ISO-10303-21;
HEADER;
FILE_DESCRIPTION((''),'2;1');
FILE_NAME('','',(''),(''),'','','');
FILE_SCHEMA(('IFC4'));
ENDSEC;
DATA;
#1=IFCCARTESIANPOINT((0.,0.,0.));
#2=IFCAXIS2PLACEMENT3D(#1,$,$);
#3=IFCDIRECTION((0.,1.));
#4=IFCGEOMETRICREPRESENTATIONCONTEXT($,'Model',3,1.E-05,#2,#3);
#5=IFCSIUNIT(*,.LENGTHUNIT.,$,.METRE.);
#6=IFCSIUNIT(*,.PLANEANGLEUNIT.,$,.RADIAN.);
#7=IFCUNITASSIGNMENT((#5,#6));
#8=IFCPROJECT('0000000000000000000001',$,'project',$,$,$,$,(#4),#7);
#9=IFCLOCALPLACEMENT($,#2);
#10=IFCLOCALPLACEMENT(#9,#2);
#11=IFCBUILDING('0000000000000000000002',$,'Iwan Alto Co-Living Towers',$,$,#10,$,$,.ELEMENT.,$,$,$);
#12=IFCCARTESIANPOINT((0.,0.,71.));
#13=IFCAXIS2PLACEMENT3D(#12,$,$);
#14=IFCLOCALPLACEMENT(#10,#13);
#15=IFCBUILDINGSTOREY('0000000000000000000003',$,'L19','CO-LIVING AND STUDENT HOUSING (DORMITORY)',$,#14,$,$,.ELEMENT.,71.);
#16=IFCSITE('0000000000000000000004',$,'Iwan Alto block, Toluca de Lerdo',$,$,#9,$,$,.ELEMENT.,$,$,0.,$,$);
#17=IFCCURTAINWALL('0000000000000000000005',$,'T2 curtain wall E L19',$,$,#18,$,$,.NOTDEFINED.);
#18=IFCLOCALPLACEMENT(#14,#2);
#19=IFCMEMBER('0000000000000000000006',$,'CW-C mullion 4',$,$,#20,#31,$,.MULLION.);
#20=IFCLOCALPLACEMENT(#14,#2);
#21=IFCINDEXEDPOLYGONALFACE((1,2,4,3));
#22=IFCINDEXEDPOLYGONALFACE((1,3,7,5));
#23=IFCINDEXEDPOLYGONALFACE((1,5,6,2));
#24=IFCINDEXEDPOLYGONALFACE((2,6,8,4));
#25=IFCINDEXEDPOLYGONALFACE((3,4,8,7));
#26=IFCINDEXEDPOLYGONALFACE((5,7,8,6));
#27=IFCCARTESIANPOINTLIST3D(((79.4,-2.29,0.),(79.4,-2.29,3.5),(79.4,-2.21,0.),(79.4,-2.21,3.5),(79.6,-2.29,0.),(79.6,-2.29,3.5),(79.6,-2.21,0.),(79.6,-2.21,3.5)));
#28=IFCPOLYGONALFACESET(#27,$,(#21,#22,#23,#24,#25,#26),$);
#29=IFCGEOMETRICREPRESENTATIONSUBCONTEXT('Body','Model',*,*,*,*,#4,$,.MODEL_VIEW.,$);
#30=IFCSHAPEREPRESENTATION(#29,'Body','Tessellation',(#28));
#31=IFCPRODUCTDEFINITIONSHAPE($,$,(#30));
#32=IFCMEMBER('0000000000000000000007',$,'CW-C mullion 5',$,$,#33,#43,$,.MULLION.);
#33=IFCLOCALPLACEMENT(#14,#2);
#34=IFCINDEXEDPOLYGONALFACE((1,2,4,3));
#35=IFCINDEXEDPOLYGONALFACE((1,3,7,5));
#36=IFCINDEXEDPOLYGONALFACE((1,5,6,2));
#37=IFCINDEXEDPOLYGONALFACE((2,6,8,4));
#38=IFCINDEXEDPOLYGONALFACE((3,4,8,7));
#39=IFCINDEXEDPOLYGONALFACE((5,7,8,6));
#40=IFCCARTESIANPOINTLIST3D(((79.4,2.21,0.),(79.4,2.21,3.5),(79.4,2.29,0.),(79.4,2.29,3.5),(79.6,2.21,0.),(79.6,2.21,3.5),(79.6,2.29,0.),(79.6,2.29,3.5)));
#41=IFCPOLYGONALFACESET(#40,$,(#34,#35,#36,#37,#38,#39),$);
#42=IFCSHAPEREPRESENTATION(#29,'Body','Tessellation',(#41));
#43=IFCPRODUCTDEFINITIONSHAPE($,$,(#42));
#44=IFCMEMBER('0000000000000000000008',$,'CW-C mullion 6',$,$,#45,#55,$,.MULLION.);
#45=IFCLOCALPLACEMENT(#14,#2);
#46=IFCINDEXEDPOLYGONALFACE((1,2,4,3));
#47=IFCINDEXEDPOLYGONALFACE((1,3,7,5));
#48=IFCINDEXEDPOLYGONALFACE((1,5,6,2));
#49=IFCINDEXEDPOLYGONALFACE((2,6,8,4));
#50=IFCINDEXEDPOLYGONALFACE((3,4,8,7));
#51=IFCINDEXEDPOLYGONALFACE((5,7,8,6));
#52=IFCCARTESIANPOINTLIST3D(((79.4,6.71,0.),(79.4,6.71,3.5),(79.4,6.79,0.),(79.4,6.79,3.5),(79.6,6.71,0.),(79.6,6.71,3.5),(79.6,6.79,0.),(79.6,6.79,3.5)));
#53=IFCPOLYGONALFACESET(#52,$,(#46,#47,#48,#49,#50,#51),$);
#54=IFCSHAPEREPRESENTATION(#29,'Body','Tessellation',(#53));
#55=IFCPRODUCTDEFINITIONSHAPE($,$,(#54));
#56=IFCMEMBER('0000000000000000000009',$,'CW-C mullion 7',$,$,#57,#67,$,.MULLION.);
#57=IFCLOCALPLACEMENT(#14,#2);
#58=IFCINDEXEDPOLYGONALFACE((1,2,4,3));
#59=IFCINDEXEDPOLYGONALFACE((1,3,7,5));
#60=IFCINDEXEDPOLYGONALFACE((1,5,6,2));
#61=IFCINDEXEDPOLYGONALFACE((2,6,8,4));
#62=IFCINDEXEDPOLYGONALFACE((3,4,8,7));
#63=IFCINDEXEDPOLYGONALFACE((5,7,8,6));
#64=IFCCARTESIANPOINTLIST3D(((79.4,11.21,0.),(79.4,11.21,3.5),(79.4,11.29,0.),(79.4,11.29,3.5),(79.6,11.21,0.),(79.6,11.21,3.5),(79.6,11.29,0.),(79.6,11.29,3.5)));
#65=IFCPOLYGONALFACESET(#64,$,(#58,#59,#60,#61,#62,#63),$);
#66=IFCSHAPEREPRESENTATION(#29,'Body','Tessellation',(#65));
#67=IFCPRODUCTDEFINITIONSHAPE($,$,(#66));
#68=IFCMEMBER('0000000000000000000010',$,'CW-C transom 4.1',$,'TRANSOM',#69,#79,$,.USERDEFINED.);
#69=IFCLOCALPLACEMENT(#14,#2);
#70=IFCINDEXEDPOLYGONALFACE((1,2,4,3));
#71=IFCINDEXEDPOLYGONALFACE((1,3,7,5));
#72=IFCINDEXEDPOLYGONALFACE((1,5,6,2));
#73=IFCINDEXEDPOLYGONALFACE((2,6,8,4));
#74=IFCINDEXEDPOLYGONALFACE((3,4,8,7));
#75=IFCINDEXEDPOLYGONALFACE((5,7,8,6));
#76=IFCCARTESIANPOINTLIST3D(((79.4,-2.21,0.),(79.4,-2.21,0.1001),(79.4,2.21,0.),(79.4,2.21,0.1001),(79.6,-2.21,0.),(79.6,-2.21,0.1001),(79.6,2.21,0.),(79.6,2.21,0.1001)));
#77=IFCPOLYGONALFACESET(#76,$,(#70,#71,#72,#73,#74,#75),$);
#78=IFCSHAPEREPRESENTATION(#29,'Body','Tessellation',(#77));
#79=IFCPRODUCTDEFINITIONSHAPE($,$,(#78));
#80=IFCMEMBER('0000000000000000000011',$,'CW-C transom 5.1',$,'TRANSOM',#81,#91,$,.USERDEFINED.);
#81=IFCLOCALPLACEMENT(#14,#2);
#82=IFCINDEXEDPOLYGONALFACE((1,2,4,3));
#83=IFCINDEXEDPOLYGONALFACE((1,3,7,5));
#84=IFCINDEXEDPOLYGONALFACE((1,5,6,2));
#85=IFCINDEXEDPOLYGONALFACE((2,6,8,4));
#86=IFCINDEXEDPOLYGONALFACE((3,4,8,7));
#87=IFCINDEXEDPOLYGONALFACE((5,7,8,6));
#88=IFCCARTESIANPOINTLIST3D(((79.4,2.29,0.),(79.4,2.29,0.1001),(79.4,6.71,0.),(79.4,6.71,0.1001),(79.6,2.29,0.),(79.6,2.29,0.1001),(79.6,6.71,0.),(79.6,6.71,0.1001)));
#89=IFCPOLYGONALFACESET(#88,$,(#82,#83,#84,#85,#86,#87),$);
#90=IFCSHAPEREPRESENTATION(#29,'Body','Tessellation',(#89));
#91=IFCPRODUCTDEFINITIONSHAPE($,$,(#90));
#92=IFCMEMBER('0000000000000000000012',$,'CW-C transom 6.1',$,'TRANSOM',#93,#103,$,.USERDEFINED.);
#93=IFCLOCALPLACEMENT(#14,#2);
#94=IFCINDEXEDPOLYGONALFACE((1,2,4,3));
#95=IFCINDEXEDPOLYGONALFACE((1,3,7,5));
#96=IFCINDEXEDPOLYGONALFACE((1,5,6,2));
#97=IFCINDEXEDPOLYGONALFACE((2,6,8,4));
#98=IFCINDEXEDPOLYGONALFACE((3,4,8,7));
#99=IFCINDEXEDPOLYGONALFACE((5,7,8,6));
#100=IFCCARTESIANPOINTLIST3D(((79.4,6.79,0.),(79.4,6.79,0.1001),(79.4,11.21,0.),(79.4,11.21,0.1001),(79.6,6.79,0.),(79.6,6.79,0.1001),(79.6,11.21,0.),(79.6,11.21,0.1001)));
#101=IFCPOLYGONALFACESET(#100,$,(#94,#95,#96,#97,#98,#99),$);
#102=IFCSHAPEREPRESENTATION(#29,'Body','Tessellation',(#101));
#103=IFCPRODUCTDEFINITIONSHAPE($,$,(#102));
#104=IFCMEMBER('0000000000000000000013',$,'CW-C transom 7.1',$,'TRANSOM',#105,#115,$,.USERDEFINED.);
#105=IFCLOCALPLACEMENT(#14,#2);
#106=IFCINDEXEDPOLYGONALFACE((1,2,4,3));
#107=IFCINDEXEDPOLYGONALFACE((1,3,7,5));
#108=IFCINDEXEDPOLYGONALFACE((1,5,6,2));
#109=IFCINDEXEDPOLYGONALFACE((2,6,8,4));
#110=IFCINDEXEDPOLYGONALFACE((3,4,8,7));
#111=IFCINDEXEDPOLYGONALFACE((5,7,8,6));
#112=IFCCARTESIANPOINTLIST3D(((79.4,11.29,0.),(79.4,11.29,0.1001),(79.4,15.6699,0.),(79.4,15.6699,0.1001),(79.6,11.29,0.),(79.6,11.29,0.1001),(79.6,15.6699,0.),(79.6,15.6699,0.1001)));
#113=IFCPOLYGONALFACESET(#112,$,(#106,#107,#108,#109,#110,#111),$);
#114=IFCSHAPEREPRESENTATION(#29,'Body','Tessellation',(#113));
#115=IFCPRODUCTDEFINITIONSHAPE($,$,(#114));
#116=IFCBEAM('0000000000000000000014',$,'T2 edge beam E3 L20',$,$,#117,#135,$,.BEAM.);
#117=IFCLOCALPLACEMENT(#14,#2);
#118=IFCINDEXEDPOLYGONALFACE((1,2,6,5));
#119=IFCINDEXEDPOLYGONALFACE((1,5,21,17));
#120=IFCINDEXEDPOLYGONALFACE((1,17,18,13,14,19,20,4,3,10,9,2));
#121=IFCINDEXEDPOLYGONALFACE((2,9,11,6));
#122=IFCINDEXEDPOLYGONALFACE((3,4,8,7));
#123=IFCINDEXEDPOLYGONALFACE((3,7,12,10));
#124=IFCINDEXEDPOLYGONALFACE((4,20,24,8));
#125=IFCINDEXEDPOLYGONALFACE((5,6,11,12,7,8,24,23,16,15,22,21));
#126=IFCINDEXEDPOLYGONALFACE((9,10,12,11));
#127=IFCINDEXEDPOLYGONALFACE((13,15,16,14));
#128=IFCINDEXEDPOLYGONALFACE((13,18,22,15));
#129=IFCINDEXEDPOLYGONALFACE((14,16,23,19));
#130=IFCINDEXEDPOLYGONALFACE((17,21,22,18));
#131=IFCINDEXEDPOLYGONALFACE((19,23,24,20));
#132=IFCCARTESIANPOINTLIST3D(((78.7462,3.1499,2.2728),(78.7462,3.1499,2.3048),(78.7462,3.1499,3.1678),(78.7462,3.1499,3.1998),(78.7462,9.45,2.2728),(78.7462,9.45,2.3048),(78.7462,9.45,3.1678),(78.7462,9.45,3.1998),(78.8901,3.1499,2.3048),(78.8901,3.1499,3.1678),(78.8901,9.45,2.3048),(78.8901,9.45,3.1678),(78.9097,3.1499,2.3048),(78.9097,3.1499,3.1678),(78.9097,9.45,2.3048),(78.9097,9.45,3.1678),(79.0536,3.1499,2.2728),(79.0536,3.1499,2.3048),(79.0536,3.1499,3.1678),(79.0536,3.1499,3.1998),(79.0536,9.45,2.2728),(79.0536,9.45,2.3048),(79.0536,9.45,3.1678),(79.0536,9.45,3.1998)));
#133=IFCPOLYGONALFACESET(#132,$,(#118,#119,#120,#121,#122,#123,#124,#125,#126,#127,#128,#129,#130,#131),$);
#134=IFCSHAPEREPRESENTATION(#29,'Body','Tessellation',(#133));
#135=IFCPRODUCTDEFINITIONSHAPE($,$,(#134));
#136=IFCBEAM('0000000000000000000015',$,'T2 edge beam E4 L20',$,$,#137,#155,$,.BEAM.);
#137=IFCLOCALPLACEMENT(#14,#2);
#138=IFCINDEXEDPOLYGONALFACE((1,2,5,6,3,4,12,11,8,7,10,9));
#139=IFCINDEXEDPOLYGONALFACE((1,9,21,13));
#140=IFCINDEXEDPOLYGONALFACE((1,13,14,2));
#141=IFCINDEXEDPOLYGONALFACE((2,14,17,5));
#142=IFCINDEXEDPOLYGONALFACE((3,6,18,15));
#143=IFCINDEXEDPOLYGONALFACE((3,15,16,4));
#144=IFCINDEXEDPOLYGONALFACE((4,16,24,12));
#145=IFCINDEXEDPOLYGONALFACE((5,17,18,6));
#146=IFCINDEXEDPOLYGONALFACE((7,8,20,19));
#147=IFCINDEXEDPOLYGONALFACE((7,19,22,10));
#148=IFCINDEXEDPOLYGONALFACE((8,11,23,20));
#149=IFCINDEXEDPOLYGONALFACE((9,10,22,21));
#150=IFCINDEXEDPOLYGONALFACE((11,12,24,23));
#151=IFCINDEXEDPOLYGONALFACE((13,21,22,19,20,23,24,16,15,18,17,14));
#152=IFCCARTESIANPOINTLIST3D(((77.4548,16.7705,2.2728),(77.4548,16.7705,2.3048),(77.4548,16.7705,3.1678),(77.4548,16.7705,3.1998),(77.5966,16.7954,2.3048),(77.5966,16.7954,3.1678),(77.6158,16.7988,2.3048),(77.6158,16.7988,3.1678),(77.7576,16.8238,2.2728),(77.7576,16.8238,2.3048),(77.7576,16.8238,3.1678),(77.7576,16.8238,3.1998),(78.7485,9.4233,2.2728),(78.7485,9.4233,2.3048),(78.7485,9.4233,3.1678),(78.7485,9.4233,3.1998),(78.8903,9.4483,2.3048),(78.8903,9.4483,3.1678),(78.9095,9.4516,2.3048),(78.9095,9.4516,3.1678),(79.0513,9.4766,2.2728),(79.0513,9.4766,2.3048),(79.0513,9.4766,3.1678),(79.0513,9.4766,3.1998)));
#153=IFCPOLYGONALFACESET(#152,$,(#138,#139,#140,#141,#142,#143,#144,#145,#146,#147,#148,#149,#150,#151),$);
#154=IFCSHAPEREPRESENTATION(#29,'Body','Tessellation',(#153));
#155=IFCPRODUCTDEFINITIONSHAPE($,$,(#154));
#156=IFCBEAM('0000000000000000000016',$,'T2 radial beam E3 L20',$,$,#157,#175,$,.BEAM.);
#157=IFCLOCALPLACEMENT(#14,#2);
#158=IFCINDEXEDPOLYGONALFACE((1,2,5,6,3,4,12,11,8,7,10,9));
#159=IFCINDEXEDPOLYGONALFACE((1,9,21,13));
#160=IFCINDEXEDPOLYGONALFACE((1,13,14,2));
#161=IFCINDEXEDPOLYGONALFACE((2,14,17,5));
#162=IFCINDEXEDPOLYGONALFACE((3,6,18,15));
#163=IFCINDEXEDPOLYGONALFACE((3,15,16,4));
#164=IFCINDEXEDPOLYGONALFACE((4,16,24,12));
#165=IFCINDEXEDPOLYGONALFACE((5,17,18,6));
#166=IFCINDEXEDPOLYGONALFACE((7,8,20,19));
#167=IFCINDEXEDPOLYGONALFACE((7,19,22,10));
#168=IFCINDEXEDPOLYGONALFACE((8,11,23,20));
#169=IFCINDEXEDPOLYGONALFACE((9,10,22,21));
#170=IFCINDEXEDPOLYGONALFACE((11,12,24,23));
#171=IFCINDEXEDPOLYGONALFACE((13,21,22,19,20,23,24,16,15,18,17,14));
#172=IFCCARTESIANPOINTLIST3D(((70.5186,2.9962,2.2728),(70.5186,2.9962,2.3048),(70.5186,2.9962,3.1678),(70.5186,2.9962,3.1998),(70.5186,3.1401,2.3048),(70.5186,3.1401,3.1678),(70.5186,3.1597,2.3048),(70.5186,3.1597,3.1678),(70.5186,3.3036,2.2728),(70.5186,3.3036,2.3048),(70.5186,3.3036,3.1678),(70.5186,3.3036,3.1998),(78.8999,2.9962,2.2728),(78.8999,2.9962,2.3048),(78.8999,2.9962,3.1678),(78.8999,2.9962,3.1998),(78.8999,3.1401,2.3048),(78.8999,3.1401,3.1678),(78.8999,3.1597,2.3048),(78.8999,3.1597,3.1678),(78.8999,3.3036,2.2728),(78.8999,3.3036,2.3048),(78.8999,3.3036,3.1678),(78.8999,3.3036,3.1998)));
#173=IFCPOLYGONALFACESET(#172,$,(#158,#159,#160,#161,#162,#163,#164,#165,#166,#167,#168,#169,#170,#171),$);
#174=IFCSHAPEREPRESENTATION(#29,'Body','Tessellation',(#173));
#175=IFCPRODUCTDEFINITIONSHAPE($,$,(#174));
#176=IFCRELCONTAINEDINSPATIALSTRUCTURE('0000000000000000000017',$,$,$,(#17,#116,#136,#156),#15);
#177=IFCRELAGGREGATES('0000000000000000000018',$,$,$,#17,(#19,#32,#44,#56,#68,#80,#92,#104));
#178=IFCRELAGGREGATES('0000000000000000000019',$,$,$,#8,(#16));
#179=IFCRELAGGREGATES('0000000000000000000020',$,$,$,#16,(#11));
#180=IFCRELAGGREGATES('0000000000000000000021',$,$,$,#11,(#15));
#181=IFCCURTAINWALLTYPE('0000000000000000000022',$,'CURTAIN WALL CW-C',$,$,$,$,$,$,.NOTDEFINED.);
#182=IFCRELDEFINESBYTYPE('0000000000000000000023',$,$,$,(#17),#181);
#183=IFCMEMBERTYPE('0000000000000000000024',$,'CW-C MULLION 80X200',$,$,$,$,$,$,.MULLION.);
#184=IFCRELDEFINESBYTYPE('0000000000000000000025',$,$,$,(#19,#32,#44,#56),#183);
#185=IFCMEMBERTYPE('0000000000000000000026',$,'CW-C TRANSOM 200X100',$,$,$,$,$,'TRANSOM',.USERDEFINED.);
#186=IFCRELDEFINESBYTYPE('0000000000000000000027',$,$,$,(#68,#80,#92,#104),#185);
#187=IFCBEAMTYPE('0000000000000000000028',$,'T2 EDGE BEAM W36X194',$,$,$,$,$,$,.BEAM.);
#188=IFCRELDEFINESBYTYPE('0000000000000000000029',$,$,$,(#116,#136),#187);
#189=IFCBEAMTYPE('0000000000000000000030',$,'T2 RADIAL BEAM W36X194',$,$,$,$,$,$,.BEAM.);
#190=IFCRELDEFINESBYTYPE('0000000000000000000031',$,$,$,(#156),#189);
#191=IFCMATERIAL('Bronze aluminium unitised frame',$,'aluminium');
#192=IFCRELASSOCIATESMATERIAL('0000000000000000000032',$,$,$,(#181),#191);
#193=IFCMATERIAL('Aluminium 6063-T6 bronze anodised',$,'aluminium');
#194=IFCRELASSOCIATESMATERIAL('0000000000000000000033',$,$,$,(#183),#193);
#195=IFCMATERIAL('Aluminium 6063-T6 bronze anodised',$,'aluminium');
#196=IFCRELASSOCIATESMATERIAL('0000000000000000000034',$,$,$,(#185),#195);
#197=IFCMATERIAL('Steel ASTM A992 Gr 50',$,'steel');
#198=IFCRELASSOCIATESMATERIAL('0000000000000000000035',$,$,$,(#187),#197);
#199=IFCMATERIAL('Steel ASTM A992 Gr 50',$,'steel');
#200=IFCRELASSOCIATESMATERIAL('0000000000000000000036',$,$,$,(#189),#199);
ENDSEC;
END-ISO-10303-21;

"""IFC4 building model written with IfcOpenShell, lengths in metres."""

from ifc_helpers import new_model, si_unit, direction, frame, origin, origin_2d, place, context, subcontext, project, spatial, rectangle, i_section, extrude, material, material_profile, profile_set, type_object, element, aggregate, save


model = new_model("IFC4")

# Units and contexts
model_context = context("Model", 3, precision=1e-05, world=origin(), true_north=direction((0.0, 1.0)))
body_context = subcontext(model_context, "Body", "Model", "MODEL_VIEW")
ifc_project = project(units=[si_unit("LENGTHUNIT", "METRE"), si_unit("PLANEANGLEUNIT", "RADIAN")], contexts=[model_context])

# Site, building, storey
site_placement = place(None, origin())
site = spatial("IfcSite", under=ifc_project, at=site_placement, Name="Iwan Alto block, Toluca de Lerdo", CompositionType="ELEMENT", RefElevation=0.0)
building_placement = place(site_placement, origin())
building = spatial("IfcBuilding", under=site, at=building_placement, Name="Iwan Alto Co-Living Towers", CompositionType="ELEMENT")
storey_placement = place(building_placement, frame((0.0, 0.0, 71.0)))
storey = spatial("IfcBuildingStorey", under=building, at=storey_placement, Name="L19", Description="CO-LIVING AND STUDENT HOUSING (DORMITORY)", CompositionType="ELEMENT", Elevation=71.0)

# Curtain wall, members
ifc_material_1 = material(Name="Bronze aluminium unitised frame", Category="aluminium")
curtain_wall_type = type_object("IfcCurtainWallType", Name="CURTAIN WALL CW-C", PredefinedType="NOTDEFINED", material=ifc_material_1)
curtain_wall_placement = place(storey_placement, origin())
curtain_wall = element("IfcCurtainWall", 1, at=curtain_wall_placement, inside=storey, type_object=curtain_wall_type, Name="T2 curtain wall E L19", PredefinedType="NOTDEFINED")
ifc_material_2 = material(Name="Aluminium 6063-T6 bronze anodised", Category="aluminium")
ifc_material_profile_1 = material_profile(ifc_material_2, rectangle(XDim=0.2, YDim=0.0801, at=origin_2d()), Name="AL 80X200")
ifc_profile_set_1 = profile_set([ifc_material_profile_1], Name="Aluminium 6063-T6 bronze anodised")
member_type_1 = type_object("IfcMemberType", Name="CW-C MULLION 80X200", PredefinedType="MULLION", material=ifc_profile_set_1)
member_1_placement = place(storey_placement, frame((79.5, -2.25, 0.0), z_axis=(0.0, 0.0, 1.0), x_axis=(-1.0, 0.0, 0.0)))
member_1 = element("IfcMember", 2, at=member_1_placement, type_object=member_type_1, Name="CW-C mullion 4", PredefinedType="MULLION", context=body_context, shape_type="SweptSolid", body=[
    extrude(rectangle(XDim=0.2, YDim=0.0801, at=origin_2d()), origin(), (0.0, 0.0, 1.0), 3.5),
])
member_2_placement = place(storey_placement, frame((79.5, 2.25, 0.0), z_axis=(0.0, 0.0, 1.0), x_axis=(-1.0, 0.0, 0.0)))
member_2 = element("IfcMember", 3, at=member_2_placement, type_object=member_type_1, Name="CW-C mullion 5", PredefinedType="MULLION", context=body_context, shape_type="SweptSolid", body=[
    extrude(rectangle(XDim=0.2, YDim=0.0801, at=origin_2d()), origin(), (0.0, 0.0, 1.0), 3.5),
])
member_3_placement = place(storey_placement, frame((79.5, 6.75, 0.0), z_axis=(0.0, 0.0, 1.0), x_axis=(-1.0, 0.0, 0.0)))
member_3 = element("IfcMember", 4, at=member_3_placement, type_object=member_type_1, Name="CW-C mullion 6", PredefinedType="MULLION", context=body_context, shape_type="SweptSolid", body=[
    extrude(rectangle(XDim=0.2, YDim=0.0801, at=origin_2d()), origin(), (0.0, 0.0, 1.0), 3.5),
])
member_4_placement = place(storey_placement, frame((79.5, 11.25, 0.0), z_axis=(0.0, 0.0, 1.0), x_axis=(-1.0, 0.0, 0.0)))
member_4 = element("IfcMember", 5, at=member_4_placement, type_object=member_type_1, Name="CW-C mullion 7", PredefinedType="MULLION", context=body_context, shape_type="SweptSolid", body=[
    extrude(rectangle(XDim=0.2, YDim=0.0801, at=origin_2d()), origin(), (0.0, 0.0, 1.0), 3.5),
])
ifc_material_3 = material(Name="Aluminium 6063-T6 bronze anodised", Category="aluminium")
ifc_material_profile_2 = material_profile(ifc_material_3, rectangle(XDim=0.2, YDim=0.1001, at=origin_2d()), Name="AL 200X100")
ifc_profile_set_2 = profile_set([ifc_material_profile_2], Name="Aluminium 6063-T6 bronze anodised")
member_type_2 = type_object("IfcMemberType", Name="CW-C TRANSOM 200X100", ElementType="TRANSOM", PredefinedType="USERDEFINED", material=ifc_profile_set_2)
member_5_placement = place(storey_placement, frame((79.5, -2.21, 0.05), z_axis=(0.0, 1.0, 0.0), x_axis=(-1.0, 0.0, 0.0)))
member_5 = element("IfcMember", 6, at=member_5_placement, type_object=member_type_2, Name="CW-C transom 4.1", ObjectType="TRANSOM", PredefinedType="USERDEFINED", context=body_context, shape_type="SweptSolid", body=[
    extrude(rectangle(XDim=0.2, YDim=0.1001, at=origin_2d()), origin(), (0.0, 0.0, 1.0), 4.4199),
])
member_6_placement = place(storey_placement, frame((79.5, 2.29, 0.05), z_axis=(0.0, 1.0, 0.0), x_axis=(-1.0, 0.0, 0.0)))
member_6 = element("IfcMember", 7, at=member_6_placement, type_object=member_type_2, Name="CW-C transom 5.1", ObjectType="TRANSOM", PredefinedType="USERDEFINED", context=body_context, shape_type="SweptSolid", body=[
    extrude(rectangle(XDim=0.2, YDim=0.1001, at=origin_2d()), origin(), (0.0, 0.0, 1.0), 4.4199),
])
member_7_placement = place(storey_placement, frame((79.5, 6.79, 0.05), z_axis=(0.0, 1.0, 0.0), x_axis=(-1.0, 0.0, 0.0)))
member_7 = element("IfcMember", 8, at=member_7_placement, type_object=member_type_2, Name="CW-C transom 6.1", ObjectType="TRANSOM", PredefinedType="USERDEFINED", context=body_context, shape_type="SweptSolid", body=[
    extrude(rectangle(XDim=0.2, YDim=0.1001, at=origin_2d()), origin(), (0.0, 0.0, 1.0), 4.4199),
])
member_8_placement = place(storey_placement, frame((79.5, 11.29, 0.05), z_axis=(0.0, 1.0, 0.0), x_axis=(-1.0, 0.0, 0.0)))
member_8 = element("IfcMember", 9, at=member_8_placement, type_object=member_type_2, Name="CW-C transom 7.1", ObjectType="TRANSOM", PredefinedType="USERDEFINED", context=body_context, shape_type="SweptSolid", body=[
    extrude(rectangle(XDim=0.2, YDim=0.1001, at=origin_2d()), origin(), (0.0, 0.0, 1.0), 4.3799),
])

# Beams
ifc_material_4 = material(Name="Steel ASTM A992 Gr 50", Category="steel")
ifc_material_profile_3 = material_profile(ifc_material_4, i_section(OverallWidth=0.3074, OverallDepth=0.927, WebThickness=0.0195, FlangeThickness=0.032, at=origin_2d()), Name="W36X194")
ifc_profile_set_3 = profile_set([ifc_material_profile_3], Name="Steel ASTM A992 Gr 50")
beam_type_1 = type_object("IfcBeamType", Name="T2 EDGE BEAM W36X194", PredefinedType="BEAM", material=ifc_profile_set_3)
beam_1_placement = place(storey_placement, frame((78.8999, 3.1499, 2.7363), z_axis=(0.0, 1.0, 0.0), x_axis=(-1.0, 0.0, 0.0)))
element("IfcBeam", 10, at=beam_1_placement, inside=storey, type_object=beam_type_1, Name="T2 edge beam E3 L20", PredefinedType="BEAM", context=body_context, shape_type="SweptSolid", body=[
    extrude(i_section(OverallWidth=0.3074, OverallDepth=0.927, WebThickness=0.0195, FlangeThickness=0.032, at=origin_2d()), origin(), (0.0, 0.0, 1.0), 6.3),
])
beam_2_placement = place(storey_placement, frame((78.8999, 9.45, 2.7363), z_axis=(-0.173414, 0.984849, 0.0), x_axis=(-0.984849, -0.173414, 0.0)))
element("IfcBeam", 11, at=beam_2_placement, inside=storey, type_object=beam_type_1, Name="T2 edge beam E4 L20", PredefinedType="BEAM", context=body_context, shape_type="SweptSolid", body=[
    extrude(i_section(OverallWidth=0.3074, OverallDepth=0.927, WebThickness=0.0195, FlangeThickness=0.032, at=origin_2d()), origin(), (0.0, 0.0, 1.0), 7.4602),
])
ifc_material_5 = material(Name="Steel ASTM A992 Gr 50", Category="steel")
ifc_material_profile_4 = material_profile(ifc_material_5, i_section(OverallWidth=0.3074, OverallDepth=0.927, WebThickness=0.0195, FlangeThickness=0.032, at=origin_2d()), Name="W36X194")
ifc_profile_set_4 = profile_set([ifc_material_profile_4], Name="Steel ASTM A992 Gr 50")
beam_type_2 = type_object("IfcBeamType", Name="T2 RADIAL BEAM W36X194", PredefinedType="BEAM", material=ifc_profile_set_4)
beam_3_placement = place(storey_placement, frame((78.8999, 3.1499, 2.7363), z_axis=(-1.0, 0.0, 0.0), x_axis=(0.0, -1.0, 0.0)))
element("IfcBeam", 12, at=beam_3_placement, inside=storey, type_object=beam_type_2, Name="T2 radial beam E3 L20", PredefinedType="BEAM", context=body_context, shape_type="SweptSolid", body=[
    extrude(i_section(OverallWidth=0.3074, OverallDepth=0.927, WebThickness=0.0195, FlangeThickness=0.032, at=origin_2d()), origin(), (0.0, 0.0, 1.0), 8.3813),
])

aggregate(curtain_wall, [member_1, member_2, member_3, member_4, member_5, member_6, member_7, member_8])

save(model, "model.ifc")
